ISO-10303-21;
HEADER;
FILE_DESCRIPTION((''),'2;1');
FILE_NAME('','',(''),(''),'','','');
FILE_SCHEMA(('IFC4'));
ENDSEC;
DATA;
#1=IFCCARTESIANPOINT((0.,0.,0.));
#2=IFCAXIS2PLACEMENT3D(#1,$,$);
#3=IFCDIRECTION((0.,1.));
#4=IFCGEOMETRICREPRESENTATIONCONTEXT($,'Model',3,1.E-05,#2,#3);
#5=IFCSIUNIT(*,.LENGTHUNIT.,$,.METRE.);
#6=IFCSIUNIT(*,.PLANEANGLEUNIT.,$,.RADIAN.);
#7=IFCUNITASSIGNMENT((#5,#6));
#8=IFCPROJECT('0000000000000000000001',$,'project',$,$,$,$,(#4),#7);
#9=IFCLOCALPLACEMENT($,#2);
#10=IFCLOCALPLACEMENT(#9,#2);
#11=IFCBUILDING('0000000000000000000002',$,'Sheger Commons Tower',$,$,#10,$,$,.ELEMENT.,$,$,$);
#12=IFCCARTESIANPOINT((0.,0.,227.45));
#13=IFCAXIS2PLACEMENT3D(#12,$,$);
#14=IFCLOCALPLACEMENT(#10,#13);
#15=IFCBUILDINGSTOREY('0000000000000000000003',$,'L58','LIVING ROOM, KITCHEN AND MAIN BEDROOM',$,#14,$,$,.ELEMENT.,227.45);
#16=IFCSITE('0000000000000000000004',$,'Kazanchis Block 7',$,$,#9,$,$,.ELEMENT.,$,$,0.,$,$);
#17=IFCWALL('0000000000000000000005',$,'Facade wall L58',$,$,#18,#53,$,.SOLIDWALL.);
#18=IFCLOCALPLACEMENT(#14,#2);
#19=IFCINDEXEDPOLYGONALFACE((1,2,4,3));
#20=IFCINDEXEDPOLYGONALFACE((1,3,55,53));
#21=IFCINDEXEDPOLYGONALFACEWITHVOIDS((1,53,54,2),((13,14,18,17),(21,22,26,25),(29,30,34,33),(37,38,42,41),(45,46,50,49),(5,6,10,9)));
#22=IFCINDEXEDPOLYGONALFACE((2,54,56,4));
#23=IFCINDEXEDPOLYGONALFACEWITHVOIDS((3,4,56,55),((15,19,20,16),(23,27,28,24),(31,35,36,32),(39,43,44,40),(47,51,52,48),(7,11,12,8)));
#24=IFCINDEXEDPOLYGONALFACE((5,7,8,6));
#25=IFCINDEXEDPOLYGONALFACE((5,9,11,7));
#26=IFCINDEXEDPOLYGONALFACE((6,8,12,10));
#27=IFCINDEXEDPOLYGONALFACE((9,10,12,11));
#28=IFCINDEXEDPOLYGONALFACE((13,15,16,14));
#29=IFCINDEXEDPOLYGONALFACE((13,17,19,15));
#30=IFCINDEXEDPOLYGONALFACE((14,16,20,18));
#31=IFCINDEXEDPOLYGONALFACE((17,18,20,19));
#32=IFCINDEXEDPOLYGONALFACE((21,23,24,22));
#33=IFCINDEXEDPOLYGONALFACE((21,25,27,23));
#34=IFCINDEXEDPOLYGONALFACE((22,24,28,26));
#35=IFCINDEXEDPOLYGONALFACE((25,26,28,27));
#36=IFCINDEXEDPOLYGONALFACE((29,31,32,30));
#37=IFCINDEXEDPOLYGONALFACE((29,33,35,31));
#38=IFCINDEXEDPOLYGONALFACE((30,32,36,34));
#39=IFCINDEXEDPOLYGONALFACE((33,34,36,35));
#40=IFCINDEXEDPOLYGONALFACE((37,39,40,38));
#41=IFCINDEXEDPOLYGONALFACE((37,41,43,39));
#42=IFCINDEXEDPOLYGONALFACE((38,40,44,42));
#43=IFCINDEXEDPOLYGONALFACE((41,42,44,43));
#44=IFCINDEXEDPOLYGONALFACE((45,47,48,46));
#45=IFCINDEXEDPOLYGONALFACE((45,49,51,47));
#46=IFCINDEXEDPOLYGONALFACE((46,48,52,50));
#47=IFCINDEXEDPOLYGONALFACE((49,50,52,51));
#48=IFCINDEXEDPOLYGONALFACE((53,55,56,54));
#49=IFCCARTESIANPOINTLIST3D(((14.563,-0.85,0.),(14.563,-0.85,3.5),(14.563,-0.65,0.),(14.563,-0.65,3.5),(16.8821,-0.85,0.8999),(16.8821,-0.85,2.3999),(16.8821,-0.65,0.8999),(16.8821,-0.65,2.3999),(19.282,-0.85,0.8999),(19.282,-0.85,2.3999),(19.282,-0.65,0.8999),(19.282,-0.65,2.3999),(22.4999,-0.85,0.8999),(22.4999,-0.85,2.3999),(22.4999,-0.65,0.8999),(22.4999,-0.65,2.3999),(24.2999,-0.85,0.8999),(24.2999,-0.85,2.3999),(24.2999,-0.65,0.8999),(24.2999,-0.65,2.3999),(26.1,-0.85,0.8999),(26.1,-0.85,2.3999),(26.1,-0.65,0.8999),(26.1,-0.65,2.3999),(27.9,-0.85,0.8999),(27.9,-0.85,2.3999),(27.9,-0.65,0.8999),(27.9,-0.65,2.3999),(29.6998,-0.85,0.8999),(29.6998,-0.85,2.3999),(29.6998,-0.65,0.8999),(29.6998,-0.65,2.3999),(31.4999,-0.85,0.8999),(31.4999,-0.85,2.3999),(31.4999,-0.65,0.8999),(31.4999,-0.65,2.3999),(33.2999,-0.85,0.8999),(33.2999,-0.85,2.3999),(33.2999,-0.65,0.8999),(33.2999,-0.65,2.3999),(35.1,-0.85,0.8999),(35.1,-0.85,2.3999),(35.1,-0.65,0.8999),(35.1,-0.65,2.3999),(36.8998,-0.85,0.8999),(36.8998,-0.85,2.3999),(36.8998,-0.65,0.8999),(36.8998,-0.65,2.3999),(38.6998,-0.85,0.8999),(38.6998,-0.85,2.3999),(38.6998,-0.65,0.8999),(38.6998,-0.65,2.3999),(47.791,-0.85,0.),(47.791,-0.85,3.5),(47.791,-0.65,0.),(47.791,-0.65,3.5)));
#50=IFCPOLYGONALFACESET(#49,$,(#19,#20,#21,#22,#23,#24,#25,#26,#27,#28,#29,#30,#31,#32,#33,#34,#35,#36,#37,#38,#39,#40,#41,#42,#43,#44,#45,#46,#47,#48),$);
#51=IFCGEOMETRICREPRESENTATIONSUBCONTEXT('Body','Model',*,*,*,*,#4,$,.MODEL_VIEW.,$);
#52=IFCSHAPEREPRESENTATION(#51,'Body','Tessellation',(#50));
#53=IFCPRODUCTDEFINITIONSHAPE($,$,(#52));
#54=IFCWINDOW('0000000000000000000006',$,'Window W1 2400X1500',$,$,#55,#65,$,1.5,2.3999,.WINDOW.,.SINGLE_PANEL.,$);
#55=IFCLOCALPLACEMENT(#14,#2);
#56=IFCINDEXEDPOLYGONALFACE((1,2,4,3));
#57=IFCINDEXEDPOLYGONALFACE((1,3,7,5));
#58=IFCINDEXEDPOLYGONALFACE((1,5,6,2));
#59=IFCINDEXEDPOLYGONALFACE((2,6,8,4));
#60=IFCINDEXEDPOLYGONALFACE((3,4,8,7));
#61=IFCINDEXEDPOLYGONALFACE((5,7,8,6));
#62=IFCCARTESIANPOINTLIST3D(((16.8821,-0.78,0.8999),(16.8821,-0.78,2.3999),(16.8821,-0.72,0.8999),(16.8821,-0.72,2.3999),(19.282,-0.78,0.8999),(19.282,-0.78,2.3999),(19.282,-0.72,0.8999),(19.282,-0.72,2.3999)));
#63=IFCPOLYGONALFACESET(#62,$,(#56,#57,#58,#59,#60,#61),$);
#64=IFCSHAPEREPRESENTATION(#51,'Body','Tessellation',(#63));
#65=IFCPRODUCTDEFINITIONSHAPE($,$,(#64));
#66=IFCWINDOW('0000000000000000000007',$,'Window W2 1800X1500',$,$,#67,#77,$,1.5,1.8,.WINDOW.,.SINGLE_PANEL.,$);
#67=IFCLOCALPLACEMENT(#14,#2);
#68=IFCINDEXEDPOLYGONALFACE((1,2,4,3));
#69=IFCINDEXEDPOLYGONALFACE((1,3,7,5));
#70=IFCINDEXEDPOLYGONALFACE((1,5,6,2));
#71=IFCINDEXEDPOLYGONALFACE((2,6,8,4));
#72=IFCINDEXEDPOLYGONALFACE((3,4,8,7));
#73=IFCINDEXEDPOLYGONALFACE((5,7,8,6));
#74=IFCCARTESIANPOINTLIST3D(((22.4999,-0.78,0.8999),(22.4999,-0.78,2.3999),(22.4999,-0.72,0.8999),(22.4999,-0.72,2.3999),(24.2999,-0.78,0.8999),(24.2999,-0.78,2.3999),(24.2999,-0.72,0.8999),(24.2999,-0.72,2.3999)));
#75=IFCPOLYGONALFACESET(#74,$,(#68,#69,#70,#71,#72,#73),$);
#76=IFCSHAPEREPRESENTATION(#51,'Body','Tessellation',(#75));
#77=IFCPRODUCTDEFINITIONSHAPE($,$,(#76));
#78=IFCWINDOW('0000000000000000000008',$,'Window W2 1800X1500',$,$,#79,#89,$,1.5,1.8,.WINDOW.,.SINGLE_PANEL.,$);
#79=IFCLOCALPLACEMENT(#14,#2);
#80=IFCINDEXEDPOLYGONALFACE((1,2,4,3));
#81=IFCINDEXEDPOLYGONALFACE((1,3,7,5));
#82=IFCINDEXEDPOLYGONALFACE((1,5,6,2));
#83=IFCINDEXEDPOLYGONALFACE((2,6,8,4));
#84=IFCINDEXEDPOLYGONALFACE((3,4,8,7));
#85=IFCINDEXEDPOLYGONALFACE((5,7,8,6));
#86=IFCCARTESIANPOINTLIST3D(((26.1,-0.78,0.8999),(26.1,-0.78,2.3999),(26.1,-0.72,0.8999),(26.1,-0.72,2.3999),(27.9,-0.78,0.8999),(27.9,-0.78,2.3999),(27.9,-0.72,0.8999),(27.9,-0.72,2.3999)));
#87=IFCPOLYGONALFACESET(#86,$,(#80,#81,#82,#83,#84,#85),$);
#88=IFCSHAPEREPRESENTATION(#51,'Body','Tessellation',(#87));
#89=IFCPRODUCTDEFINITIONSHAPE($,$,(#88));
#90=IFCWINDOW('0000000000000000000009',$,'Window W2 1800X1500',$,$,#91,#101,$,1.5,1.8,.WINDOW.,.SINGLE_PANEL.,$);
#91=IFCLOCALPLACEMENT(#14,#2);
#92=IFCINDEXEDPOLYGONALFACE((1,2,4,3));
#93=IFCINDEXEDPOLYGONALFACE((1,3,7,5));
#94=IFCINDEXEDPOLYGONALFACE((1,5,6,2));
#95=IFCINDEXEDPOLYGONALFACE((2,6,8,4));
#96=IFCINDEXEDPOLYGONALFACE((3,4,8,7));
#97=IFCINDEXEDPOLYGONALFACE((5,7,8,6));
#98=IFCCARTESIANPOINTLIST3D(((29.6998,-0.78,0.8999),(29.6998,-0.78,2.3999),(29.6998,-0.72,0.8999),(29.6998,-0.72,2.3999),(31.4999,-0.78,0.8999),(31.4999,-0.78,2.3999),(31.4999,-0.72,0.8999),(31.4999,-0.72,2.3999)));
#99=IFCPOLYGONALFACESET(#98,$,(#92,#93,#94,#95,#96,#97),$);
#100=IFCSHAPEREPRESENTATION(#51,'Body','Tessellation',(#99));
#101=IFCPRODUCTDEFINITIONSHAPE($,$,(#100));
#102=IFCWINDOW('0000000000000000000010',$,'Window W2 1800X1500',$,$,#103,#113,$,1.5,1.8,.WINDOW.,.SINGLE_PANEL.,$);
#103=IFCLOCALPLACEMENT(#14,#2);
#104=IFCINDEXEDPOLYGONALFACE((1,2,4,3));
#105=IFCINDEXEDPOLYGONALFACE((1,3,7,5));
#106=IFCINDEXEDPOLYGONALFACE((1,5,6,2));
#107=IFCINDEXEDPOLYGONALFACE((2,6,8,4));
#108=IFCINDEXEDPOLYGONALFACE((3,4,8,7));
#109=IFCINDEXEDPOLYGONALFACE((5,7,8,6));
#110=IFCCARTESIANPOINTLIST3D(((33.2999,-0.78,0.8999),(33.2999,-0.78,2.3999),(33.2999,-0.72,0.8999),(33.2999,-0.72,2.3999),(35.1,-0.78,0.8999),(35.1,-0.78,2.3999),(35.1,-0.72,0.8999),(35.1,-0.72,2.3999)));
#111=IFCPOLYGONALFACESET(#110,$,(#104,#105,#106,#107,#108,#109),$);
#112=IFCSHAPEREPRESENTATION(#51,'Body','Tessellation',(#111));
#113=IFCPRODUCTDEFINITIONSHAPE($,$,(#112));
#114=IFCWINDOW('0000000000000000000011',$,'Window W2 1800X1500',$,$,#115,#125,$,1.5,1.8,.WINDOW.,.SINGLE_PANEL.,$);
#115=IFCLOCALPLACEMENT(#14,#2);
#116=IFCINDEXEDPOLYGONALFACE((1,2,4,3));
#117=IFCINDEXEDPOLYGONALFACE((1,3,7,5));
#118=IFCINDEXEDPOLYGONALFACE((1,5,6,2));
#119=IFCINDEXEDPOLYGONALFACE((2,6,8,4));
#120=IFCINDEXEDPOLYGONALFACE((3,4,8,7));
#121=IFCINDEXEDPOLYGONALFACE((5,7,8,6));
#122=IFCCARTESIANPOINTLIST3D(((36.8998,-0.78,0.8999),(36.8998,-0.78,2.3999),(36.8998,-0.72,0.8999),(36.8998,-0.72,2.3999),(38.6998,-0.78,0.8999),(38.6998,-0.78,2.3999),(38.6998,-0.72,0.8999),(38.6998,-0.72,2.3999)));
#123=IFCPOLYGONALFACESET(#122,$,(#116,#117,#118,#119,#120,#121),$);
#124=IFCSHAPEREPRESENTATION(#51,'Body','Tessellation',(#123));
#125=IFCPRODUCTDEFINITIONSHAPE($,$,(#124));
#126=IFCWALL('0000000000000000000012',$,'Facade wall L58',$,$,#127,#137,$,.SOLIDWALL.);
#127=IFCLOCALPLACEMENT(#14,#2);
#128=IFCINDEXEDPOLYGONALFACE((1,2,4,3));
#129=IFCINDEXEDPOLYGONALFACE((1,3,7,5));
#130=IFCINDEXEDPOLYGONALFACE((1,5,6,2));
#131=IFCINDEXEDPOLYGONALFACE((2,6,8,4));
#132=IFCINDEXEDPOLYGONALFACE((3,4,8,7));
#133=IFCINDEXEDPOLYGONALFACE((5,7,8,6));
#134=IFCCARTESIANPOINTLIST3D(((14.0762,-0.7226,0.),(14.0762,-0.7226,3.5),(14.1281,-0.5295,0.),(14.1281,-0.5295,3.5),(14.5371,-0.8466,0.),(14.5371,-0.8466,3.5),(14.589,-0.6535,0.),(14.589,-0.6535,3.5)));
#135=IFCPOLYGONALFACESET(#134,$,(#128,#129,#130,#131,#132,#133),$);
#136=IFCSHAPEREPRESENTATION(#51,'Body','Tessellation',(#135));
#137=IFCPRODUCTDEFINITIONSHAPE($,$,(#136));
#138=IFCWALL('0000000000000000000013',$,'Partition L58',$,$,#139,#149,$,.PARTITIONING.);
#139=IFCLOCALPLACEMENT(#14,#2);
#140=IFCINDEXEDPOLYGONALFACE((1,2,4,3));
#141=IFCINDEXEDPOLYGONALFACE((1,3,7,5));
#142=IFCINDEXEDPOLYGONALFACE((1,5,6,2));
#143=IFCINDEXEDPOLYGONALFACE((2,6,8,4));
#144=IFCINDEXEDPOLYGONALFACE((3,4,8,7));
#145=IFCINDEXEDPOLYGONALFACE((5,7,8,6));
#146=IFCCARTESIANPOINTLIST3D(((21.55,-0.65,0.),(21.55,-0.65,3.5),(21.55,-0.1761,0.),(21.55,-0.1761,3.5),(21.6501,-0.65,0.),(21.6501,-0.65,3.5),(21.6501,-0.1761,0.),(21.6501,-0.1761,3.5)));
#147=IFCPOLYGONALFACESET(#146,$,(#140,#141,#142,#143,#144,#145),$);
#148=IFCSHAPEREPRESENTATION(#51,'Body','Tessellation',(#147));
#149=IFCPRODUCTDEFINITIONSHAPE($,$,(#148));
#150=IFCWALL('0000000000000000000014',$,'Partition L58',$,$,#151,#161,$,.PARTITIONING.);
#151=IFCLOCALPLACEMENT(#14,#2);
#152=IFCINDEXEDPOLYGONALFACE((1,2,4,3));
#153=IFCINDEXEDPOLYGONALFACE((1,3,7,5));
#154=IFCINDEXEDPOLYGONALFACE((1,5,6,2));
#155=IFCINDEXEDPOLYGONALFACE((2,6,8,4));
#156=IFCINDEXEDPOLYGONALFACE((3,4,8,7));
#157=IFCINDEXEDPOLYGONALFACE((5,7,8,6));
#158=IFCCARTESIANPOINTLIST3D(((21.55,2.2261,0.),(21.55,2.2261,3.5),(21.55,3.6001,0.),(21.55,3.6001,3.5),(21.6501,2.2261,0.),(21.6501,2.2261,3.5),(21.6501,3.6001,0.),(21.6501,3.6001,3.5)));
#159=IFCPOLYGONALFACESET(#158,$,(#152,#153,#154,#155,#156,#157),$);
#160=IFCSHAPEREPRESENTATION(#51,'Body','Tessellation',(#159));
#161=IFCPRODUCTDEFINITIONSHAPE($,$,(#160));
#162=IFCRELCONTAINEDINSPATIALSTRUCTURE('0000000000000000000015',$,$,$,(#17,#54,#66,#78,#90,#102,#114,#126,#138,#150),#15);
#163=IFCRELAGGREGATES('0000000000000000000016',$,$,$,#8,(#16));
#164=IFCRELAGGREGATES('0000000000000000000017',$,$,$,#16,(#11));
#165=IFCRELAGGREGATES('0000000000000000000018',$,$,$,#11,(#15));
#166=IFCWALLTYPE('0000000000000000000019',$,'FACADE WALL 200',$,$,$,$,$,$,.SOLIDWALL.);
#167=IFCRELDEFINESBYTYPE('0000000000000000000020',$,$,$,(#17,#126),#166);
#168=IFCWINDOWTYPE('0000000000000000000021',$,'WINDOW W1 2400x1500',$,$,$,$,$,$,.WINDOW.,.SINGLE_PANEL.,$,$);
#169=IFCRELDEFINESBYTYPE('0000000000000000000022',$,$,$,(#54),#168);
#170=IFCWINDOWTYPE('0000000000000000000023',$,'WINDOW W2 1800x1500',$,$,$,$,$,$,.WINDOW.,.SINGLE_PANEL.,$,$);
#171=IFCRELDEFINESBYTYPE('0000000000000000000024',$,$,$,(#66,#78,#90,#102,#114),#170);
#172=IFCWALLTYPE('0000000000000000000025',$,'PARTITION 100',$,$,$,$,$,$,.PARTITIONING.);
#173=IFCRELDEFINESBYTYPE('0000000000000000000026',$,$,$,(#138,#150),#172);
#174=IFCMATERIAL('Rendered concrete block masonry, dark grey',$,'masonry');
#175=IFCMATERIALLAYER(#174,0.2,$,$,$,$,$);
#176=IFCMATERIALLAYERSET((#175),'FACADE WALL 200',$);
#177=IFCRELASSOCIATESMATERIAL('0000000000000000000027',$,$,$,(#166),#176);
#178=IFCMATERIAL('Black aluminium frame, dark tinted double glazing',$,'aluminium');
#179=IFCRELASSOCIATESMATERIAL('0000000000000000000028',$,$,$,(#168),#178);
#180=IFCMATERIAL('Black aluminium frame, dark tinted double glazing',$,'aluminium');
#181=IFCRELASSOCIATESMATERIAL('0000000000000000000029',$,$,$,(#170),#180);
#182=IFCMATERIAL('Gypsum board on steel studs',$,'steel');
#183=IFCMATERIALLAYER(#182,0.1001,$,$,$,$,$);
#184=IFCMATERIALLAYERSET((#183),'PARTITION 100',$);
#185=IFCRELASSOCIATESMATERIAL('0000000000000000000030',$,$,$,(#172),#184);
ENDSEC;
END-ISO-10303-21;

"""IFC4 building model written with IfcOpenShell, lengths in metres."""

from ifc_helpers import new_model, si_unit, direction, frame, frame_2d, origin, place, context, subcontext, project, spatial, rectangle, extrude, material, layer, layer_set, type_object, element, fill, save


model = new_model("IFC4")

# Units and contexts
model_context = context("Model", 3, precision=1e-05, world=origin(), true_north=direction((0.0, 1.0)))
body_context = subcontext(model_context, "Body", "Model", "MODEL_VIEW")
ifc_project = project(units=[si_unit("LENGTHUNIT", "METRE"), si_unit("PLANEANGLEUNIT", "RADIAN")], contexts=[model_context])

# Site, building, storey
site_placement = place(None, origin())
site = spatial("IfcSite", under=ifc_project, at=site_placement, Name="Kazanchis Block 7", CompositionType="ELEMENT", RefElevation=0.0)
building_placement = place(site_placement, origin())
building = spatial("IfcBuilding", under=site, at=building_placement, Name="Sheger Commons Tower", CompositionType="ELEMENT")
storey_placement = place(building_placement, frame((0.0, 0.0, 227.45)))
storey = spatial("IfcBuildingStorey", under=building, at=storey_placement, Name="L58", Description="LIVING ROOM, KITCHEN AND MAIN BEDROOM", CompositionType="ELEMENT", Elevation=227.45)

# Wall, openings, windows
ifc_material_1 = material(Name="Rendered concrete block masonry, dark grey", Category="masonry")
ifc_layer_1 = layer(ifc_material_1, 0.2)
ifc_layer_set_1 = layer_set([ifc_layer_1], Name="FACADE WALL 200")
wall_type_1 = type_object("IfcWallType", Name="FACADE WALL 200", PredefinedType="SOLIDWALL", material=ifc_layer_set_1)
wall_1_placement = place(storey_placement, frame((14.563, -0.75, 0.0), z_axis=(0.0, 0.0, 1.0), x_axis=(1.0, 0.0, 0.0)))
wall_1 = element("IfcWall", 1, at=wall_1_placement, inside=storey, type_object=wall_type_1, Name="Facade wall L58", PredefinedType="SOLIDWALL", context=body_context, shape_type="SweptSolid", body=[
    extrude(rectangle(XDim=33.228, YDim=0.2, at=frame_2d((16.614, 0.0))), origin(), (0.0, 0.0, 1.0), 3.5),
])
opening_1_placement = place(wall_1_placement, frame((2.3191, 0.0, 0.8999)))
opening_1 = element("IfcOpeningElement", 2, at=opening_1_placement, cuts=wall_1, PredefinedType="OPENING", context=body_context, shape_type="SweptSolid", body=[
    extrude(rectangle(XDim=2.3999, YDim=1.5, at=frame_2d((1.2, 0.75))), frame((0.0, 0.1099, 0.0), z_axis=(0.0, -1.0, 0.0), x_axis=(1.0, 0.0, 0.0)), (0.0, 0.0, 1.0), 0.22),
])
opening_2_placement = place(wall_1_placement, frame((7.937, 0.0, 0.8999)))
opening_2 = element("IfcOpeningElement", 3, at=opening_2_placement, cuts=wall_1, PredefinedType="OPENING", context=body_context, shape_type="SweptSolid", body=[
    extrude(rectangle(XDim=1.8, YDim=1.5, at=frame_2d((0.8999, 0.75))), frame((0.0, 0.1099, 0.0), z_axis=(0.0, -1.0, 0.0), x_axis=(1.0, 0.0, 0.0)), (0.0, 0.0, 1.0), 0.22),
])
opening_3_placement = place(wall_1_placement, frame((11.5371, 0.0, 0.8999)))
opening_3 = element("IfcOpeningElement", 4, at=opening_3_placement, cuts=wall_1, PredefinedType="OPENING", context=body_context, shape_type="SweptSolid", body=[
    extrude(rectangle(XDim=1.8, YDim=1.5, at=frame_2d((0.8999, 0.75))), frame((0.0, 0.1099, 0.0), z_axis=(0.0, -1.0, 0.0), x_axis=(1.0, 0.0, 0.0)), (0.0, 0.0, 1.0), 0.22),
])
opening_4_placement = place(wall_1_placement, frame((15.137, 0.0, 0.8999)))
opening_4 = element("IfcOpeningElement", 5, at=opening_4_placement, cuts=wall_1, PredefinedType="OPENING", context=body_context, shape_type="SweptSolid", body=[
    extrude(rectangle(XDim=1.8, YDim=1.5, at=frame_2d((0.8999, 0.75))), frame((0.0, 0.1099, 0.0), z_axis=(0.0, -1.0, 0.0), x_axis=(1.0, 0.0, 0.0)), (0.0, 0.0, 1.0), 0.22),
])
opening_5_placement = place(wall_1_placement, frame((18.7371, 0.0, 0.8999)))
opening_5 = element("IfcOpeningElement", 6, at=opening_5_placement, cuts=wall_1, PredefinedType="OPENING", context=body_context, shape_type="SweptSolid", body=[
    extrude(rectangle(XDim=1.8, YDim=1.5, at=frame_2d((0.8999, 0.75))), frame((0.0, 0.1099, 0.0), z_axis=(0.0, -1.0, 0.0), x_axis=(1.0, 0.0, 0.0)), (0.0, 0.0, 1.0), 0.22),
])
opening_6_placement = place(wall_1_placement, frame((22.3369, 0.0, 0.8999)))
opening_6 = element("IfcOpeningElement", 7, at=opening_6_placement, cuts=wall_1, PredefinedType="OPENING", context=body_context, shape_type="SweptSolid", body=[
    extrude(rectangle(XDim=1.8, YDim=1.5, at=frame_2d((0.8999, 0.75))), frame((0.0, 0.1099, 0.0), z_axis=(0.0, -1.0, 0.0), x_axis=(1.0, 0.0, 0.0)), (0.0, 0.0, 1.0), 0.22),
])
ifc_material_2 = material(Name="Black aluminium frame, dark tinted double glazing", Category="aluminium")
window_type_1 = type_object("IfcWindowType", Name="WINDOW W1 2400x1500", PartitioningType="SINGLE_PANEL", PredefinedType="WINDOW", material=ifc_material_2)
window_1_placement = place(opening_1_placement, origin())
window_1 = element("IfcWindow", 8, at=window_1_placement, inside=storey, type_object=window_type_1, Name="Window W1 2400X1500", OverallHeight=1.5, OverallWidth=2.3999, PartitioningType="SINGLE_PANEL", PredefinedType="WINDOW", context=body_context, shape_type="SweptSolid", body=[
    extrude(rectangle(XDim=2.3999, YDim=1.5, at=frame_2d((1.2, 0.75))), frame((0.0, 0.03, 0.0), z_axis=(0.0, -1.0, 0.0), x_axis=(1.0, 0.0, 0.0)), (0.0, 0.0, 1.0), 0.0601),
])
fill(opening_1, window_1)
ifc_material_3 = material(Name="Black aluminium frame, dark tinted double glazing", Category="aluminium")
window_type_2 = type_object("IfcWindowType", Name="WINDOW W2 1800x1500", PartitioningType="SINGLE_PANEL", PredefinedType="WINDOW", material=ifc_material_3)
window_2_placement = place(opening_2_placement, origin())
window_2 = element("IfcWindow", 9, at=window_2_placement, inside=storey, type_object=window_type_2, Name="Window W2 1800X1500", OverallHeight=1.5, OverallWidth=1.8, PartitioningType="SINGLE_PANEL", PredefinedType="WINDOW", context=body_context, shape_type="SweptSolid", body=[
    extrude(rectangle(XDim=1.8, YDim=1.5, at=frame_2d((0.8999, 0.75))), frame((0.0, 0.03, 0.0), z_axis=(0.0, -1.0, 0.0), x_axis=(1.0, 0.0, 0.0)), (0.0, 0.0, 1.0), 0.0601),
])
fill(opening_2, window_2)
window_3_placement = place(opening_3_placement, origin())
window_3 = element("IfcWindow", 10, at=window_3_placement, inside=storey, type_object=window_type_2, Name="Window W2 1800X1500", OverallHeight=1.5, OverallWidth=1.8, PartitioningType="SINGLE_PANEL", PredefinedType="WINDOW", context=body_context, shape_type="SweptSolid", body=[
    extrude(rectangle(XDim=1.8, YDim=1.5, at=frame_2d((0.8999, 0.75))), frame((0.0, 0.03, 0.0), z_axis=(0.0, -1.0, 0.0), x_axis=(1.0, 0.0, 0.0)), (0.0, 0.0, 1.0), 0.0601),
])
fill(opening_3, window_3)
window_4_placement = place(opening_4_placement, origin())
window_4 = element("IfcWindow", 11, at=window_4_placement, inside=storey, type_object=window_type_2, Name="Window W2 1800X1500", OverallHeight=1.5, OverallWidth=1.8, PartitioningType="SINGLE_PANEL", PredefinedType="WINDOW", context=body_context, shape_type="SweptSolid", body=[
    extrude(rectangle(XDim=1.8, YDim=1.5, at=frame_2d((0.8999, 0.75))), frame((0.0, 0.03, 0.0), z_axis=(0.0, -1.0, 0.0), x_axis=(1.0, 0.0, 0.0)), (0.0, 0.0, 1.0), 0.0601),
])
fill(opening_4, window_4)
window_5_placement = place(opening_5_placement, origin())
window_5 = element("IfcWindow", 12, at=window_5_placement, inside=storey, type_object=window_type_2, Name="Window W2 1800X1500", OverallHeight=1.5, OverallWidth=1.8, PartitioningType="SINGLE_PANEL", PredefinedType="WINDOW", context=body_context, shape_type="SweptSolid", body=[
    extrude(rectangle(XDim=1.8, YDim=1.5, at=frame_2d((0.8999, 0.75))), frame((0.0, 0.03, 0.0), z_axis=(0.0, -1.0, 0.0), x_axis=(1.0, 0.0, 0.0)), (0.0, 0.0, 1.0), 0.0601),
])
fill(opening_5, window_5)
window_6_placement = place(opening_6_placement, origin())
window_6 = element("IfcWindow", 13, at=window_6_placement, inside=storey, type_object=window_type_2, Name="Window W2 1800X1500", OverallHeight=1.5, OverallWidth=1.8, PartitioningType="SINGLE_PANEL", PredefinedType="WINDOW", context=body_context, shape_type="SweptSolid", body=[
    extrude(rectangle(XDim=1.8, YDim=1.5, at=frame_2d((0.8999, 0.75))), frame((0.0, 0.03, 0.0), z_axis=(0.0, -1.0, 0.0), x_axis=(1.0, 0.0, 0.0)), (0.0, 0.0, 1.0), 0.0601),
])
fill(opening_6, window_6)

# Walls
wall_2_placement = place(storey_placement, frame((14.1021, -0.626, 0.0), z_axis=(0.0, 0.0, 1.0), x_axis=(0.965655, -0.259827, 0.0)))
element("IfcWall", 14, at=wall_2_placement, inside=storey, type_object=wall_type_1, Name="Facade wall L58", PredefinedType="SOLIDWALL", context=body_context, shape_type="SweptSolid", body=[
    extrude(rectangle(XDim=0.4773, YDim=0.2, at=frame_2d((0.2388, 0.0))), origin(), (0.0, 0.0, 1.0), 3.5),
])
ifc_material_4 = material(Name="Gypsum board on steel studs", Category="steel")
ifc_layer_2 = layer(ifc_material_4, 0.1001)
ifc_layer_set_2 = layer_set([ifc_layer_2], Name="PARTITION 100")
wall_type_2 = type_object("IfcWallType", Name="PARTITION 100", PredefinedType="PARTITIONING", material=ifc_layer_set_2)
wall_3_placement = place(storey_placement, frame((21.6001, -0.6499, 0.0), z_axis=(0.0, 0.0, 1.0), x_axis=(0.0, 1.0, 0.0)))
element("IfcWall", 15, at=wall_3_placement, inside=storey, type_object=wall_type_2, Name="Partition L58", PredefinedType="PARTITIONING", context=body_context, shape_type="SweptSolid", body=[
    extrude(rectangle(XDim=0.4739, YDim=0.1001, at=frame_2d((0.2368, 0.0))), origin(), (0.0, 0.0, 1.0), 3.5),
])
wall_4_placement = place(storey_placement, frame((21.6001, 2.2261, 0.0), z_axis=(0.0, 0.0, 1.0), x_axis=(0.0, 1.0, 0.0)))
element("IfcWall", 16, at=wall_4_placement, inside=storey, type_object=wall_type_2, Name="Partition L58", PredefinedType="PARTITIONING", context=body_context, shape_type="SweptSolid", body=[
    extrude(rectangle(XDim=1.374, YDim=0.1001, at=frame_2d((0.687, 0.0))), origin(), (0.0, 0.0, 1.0), 3.5),
])

save(model, "model.ifc")
